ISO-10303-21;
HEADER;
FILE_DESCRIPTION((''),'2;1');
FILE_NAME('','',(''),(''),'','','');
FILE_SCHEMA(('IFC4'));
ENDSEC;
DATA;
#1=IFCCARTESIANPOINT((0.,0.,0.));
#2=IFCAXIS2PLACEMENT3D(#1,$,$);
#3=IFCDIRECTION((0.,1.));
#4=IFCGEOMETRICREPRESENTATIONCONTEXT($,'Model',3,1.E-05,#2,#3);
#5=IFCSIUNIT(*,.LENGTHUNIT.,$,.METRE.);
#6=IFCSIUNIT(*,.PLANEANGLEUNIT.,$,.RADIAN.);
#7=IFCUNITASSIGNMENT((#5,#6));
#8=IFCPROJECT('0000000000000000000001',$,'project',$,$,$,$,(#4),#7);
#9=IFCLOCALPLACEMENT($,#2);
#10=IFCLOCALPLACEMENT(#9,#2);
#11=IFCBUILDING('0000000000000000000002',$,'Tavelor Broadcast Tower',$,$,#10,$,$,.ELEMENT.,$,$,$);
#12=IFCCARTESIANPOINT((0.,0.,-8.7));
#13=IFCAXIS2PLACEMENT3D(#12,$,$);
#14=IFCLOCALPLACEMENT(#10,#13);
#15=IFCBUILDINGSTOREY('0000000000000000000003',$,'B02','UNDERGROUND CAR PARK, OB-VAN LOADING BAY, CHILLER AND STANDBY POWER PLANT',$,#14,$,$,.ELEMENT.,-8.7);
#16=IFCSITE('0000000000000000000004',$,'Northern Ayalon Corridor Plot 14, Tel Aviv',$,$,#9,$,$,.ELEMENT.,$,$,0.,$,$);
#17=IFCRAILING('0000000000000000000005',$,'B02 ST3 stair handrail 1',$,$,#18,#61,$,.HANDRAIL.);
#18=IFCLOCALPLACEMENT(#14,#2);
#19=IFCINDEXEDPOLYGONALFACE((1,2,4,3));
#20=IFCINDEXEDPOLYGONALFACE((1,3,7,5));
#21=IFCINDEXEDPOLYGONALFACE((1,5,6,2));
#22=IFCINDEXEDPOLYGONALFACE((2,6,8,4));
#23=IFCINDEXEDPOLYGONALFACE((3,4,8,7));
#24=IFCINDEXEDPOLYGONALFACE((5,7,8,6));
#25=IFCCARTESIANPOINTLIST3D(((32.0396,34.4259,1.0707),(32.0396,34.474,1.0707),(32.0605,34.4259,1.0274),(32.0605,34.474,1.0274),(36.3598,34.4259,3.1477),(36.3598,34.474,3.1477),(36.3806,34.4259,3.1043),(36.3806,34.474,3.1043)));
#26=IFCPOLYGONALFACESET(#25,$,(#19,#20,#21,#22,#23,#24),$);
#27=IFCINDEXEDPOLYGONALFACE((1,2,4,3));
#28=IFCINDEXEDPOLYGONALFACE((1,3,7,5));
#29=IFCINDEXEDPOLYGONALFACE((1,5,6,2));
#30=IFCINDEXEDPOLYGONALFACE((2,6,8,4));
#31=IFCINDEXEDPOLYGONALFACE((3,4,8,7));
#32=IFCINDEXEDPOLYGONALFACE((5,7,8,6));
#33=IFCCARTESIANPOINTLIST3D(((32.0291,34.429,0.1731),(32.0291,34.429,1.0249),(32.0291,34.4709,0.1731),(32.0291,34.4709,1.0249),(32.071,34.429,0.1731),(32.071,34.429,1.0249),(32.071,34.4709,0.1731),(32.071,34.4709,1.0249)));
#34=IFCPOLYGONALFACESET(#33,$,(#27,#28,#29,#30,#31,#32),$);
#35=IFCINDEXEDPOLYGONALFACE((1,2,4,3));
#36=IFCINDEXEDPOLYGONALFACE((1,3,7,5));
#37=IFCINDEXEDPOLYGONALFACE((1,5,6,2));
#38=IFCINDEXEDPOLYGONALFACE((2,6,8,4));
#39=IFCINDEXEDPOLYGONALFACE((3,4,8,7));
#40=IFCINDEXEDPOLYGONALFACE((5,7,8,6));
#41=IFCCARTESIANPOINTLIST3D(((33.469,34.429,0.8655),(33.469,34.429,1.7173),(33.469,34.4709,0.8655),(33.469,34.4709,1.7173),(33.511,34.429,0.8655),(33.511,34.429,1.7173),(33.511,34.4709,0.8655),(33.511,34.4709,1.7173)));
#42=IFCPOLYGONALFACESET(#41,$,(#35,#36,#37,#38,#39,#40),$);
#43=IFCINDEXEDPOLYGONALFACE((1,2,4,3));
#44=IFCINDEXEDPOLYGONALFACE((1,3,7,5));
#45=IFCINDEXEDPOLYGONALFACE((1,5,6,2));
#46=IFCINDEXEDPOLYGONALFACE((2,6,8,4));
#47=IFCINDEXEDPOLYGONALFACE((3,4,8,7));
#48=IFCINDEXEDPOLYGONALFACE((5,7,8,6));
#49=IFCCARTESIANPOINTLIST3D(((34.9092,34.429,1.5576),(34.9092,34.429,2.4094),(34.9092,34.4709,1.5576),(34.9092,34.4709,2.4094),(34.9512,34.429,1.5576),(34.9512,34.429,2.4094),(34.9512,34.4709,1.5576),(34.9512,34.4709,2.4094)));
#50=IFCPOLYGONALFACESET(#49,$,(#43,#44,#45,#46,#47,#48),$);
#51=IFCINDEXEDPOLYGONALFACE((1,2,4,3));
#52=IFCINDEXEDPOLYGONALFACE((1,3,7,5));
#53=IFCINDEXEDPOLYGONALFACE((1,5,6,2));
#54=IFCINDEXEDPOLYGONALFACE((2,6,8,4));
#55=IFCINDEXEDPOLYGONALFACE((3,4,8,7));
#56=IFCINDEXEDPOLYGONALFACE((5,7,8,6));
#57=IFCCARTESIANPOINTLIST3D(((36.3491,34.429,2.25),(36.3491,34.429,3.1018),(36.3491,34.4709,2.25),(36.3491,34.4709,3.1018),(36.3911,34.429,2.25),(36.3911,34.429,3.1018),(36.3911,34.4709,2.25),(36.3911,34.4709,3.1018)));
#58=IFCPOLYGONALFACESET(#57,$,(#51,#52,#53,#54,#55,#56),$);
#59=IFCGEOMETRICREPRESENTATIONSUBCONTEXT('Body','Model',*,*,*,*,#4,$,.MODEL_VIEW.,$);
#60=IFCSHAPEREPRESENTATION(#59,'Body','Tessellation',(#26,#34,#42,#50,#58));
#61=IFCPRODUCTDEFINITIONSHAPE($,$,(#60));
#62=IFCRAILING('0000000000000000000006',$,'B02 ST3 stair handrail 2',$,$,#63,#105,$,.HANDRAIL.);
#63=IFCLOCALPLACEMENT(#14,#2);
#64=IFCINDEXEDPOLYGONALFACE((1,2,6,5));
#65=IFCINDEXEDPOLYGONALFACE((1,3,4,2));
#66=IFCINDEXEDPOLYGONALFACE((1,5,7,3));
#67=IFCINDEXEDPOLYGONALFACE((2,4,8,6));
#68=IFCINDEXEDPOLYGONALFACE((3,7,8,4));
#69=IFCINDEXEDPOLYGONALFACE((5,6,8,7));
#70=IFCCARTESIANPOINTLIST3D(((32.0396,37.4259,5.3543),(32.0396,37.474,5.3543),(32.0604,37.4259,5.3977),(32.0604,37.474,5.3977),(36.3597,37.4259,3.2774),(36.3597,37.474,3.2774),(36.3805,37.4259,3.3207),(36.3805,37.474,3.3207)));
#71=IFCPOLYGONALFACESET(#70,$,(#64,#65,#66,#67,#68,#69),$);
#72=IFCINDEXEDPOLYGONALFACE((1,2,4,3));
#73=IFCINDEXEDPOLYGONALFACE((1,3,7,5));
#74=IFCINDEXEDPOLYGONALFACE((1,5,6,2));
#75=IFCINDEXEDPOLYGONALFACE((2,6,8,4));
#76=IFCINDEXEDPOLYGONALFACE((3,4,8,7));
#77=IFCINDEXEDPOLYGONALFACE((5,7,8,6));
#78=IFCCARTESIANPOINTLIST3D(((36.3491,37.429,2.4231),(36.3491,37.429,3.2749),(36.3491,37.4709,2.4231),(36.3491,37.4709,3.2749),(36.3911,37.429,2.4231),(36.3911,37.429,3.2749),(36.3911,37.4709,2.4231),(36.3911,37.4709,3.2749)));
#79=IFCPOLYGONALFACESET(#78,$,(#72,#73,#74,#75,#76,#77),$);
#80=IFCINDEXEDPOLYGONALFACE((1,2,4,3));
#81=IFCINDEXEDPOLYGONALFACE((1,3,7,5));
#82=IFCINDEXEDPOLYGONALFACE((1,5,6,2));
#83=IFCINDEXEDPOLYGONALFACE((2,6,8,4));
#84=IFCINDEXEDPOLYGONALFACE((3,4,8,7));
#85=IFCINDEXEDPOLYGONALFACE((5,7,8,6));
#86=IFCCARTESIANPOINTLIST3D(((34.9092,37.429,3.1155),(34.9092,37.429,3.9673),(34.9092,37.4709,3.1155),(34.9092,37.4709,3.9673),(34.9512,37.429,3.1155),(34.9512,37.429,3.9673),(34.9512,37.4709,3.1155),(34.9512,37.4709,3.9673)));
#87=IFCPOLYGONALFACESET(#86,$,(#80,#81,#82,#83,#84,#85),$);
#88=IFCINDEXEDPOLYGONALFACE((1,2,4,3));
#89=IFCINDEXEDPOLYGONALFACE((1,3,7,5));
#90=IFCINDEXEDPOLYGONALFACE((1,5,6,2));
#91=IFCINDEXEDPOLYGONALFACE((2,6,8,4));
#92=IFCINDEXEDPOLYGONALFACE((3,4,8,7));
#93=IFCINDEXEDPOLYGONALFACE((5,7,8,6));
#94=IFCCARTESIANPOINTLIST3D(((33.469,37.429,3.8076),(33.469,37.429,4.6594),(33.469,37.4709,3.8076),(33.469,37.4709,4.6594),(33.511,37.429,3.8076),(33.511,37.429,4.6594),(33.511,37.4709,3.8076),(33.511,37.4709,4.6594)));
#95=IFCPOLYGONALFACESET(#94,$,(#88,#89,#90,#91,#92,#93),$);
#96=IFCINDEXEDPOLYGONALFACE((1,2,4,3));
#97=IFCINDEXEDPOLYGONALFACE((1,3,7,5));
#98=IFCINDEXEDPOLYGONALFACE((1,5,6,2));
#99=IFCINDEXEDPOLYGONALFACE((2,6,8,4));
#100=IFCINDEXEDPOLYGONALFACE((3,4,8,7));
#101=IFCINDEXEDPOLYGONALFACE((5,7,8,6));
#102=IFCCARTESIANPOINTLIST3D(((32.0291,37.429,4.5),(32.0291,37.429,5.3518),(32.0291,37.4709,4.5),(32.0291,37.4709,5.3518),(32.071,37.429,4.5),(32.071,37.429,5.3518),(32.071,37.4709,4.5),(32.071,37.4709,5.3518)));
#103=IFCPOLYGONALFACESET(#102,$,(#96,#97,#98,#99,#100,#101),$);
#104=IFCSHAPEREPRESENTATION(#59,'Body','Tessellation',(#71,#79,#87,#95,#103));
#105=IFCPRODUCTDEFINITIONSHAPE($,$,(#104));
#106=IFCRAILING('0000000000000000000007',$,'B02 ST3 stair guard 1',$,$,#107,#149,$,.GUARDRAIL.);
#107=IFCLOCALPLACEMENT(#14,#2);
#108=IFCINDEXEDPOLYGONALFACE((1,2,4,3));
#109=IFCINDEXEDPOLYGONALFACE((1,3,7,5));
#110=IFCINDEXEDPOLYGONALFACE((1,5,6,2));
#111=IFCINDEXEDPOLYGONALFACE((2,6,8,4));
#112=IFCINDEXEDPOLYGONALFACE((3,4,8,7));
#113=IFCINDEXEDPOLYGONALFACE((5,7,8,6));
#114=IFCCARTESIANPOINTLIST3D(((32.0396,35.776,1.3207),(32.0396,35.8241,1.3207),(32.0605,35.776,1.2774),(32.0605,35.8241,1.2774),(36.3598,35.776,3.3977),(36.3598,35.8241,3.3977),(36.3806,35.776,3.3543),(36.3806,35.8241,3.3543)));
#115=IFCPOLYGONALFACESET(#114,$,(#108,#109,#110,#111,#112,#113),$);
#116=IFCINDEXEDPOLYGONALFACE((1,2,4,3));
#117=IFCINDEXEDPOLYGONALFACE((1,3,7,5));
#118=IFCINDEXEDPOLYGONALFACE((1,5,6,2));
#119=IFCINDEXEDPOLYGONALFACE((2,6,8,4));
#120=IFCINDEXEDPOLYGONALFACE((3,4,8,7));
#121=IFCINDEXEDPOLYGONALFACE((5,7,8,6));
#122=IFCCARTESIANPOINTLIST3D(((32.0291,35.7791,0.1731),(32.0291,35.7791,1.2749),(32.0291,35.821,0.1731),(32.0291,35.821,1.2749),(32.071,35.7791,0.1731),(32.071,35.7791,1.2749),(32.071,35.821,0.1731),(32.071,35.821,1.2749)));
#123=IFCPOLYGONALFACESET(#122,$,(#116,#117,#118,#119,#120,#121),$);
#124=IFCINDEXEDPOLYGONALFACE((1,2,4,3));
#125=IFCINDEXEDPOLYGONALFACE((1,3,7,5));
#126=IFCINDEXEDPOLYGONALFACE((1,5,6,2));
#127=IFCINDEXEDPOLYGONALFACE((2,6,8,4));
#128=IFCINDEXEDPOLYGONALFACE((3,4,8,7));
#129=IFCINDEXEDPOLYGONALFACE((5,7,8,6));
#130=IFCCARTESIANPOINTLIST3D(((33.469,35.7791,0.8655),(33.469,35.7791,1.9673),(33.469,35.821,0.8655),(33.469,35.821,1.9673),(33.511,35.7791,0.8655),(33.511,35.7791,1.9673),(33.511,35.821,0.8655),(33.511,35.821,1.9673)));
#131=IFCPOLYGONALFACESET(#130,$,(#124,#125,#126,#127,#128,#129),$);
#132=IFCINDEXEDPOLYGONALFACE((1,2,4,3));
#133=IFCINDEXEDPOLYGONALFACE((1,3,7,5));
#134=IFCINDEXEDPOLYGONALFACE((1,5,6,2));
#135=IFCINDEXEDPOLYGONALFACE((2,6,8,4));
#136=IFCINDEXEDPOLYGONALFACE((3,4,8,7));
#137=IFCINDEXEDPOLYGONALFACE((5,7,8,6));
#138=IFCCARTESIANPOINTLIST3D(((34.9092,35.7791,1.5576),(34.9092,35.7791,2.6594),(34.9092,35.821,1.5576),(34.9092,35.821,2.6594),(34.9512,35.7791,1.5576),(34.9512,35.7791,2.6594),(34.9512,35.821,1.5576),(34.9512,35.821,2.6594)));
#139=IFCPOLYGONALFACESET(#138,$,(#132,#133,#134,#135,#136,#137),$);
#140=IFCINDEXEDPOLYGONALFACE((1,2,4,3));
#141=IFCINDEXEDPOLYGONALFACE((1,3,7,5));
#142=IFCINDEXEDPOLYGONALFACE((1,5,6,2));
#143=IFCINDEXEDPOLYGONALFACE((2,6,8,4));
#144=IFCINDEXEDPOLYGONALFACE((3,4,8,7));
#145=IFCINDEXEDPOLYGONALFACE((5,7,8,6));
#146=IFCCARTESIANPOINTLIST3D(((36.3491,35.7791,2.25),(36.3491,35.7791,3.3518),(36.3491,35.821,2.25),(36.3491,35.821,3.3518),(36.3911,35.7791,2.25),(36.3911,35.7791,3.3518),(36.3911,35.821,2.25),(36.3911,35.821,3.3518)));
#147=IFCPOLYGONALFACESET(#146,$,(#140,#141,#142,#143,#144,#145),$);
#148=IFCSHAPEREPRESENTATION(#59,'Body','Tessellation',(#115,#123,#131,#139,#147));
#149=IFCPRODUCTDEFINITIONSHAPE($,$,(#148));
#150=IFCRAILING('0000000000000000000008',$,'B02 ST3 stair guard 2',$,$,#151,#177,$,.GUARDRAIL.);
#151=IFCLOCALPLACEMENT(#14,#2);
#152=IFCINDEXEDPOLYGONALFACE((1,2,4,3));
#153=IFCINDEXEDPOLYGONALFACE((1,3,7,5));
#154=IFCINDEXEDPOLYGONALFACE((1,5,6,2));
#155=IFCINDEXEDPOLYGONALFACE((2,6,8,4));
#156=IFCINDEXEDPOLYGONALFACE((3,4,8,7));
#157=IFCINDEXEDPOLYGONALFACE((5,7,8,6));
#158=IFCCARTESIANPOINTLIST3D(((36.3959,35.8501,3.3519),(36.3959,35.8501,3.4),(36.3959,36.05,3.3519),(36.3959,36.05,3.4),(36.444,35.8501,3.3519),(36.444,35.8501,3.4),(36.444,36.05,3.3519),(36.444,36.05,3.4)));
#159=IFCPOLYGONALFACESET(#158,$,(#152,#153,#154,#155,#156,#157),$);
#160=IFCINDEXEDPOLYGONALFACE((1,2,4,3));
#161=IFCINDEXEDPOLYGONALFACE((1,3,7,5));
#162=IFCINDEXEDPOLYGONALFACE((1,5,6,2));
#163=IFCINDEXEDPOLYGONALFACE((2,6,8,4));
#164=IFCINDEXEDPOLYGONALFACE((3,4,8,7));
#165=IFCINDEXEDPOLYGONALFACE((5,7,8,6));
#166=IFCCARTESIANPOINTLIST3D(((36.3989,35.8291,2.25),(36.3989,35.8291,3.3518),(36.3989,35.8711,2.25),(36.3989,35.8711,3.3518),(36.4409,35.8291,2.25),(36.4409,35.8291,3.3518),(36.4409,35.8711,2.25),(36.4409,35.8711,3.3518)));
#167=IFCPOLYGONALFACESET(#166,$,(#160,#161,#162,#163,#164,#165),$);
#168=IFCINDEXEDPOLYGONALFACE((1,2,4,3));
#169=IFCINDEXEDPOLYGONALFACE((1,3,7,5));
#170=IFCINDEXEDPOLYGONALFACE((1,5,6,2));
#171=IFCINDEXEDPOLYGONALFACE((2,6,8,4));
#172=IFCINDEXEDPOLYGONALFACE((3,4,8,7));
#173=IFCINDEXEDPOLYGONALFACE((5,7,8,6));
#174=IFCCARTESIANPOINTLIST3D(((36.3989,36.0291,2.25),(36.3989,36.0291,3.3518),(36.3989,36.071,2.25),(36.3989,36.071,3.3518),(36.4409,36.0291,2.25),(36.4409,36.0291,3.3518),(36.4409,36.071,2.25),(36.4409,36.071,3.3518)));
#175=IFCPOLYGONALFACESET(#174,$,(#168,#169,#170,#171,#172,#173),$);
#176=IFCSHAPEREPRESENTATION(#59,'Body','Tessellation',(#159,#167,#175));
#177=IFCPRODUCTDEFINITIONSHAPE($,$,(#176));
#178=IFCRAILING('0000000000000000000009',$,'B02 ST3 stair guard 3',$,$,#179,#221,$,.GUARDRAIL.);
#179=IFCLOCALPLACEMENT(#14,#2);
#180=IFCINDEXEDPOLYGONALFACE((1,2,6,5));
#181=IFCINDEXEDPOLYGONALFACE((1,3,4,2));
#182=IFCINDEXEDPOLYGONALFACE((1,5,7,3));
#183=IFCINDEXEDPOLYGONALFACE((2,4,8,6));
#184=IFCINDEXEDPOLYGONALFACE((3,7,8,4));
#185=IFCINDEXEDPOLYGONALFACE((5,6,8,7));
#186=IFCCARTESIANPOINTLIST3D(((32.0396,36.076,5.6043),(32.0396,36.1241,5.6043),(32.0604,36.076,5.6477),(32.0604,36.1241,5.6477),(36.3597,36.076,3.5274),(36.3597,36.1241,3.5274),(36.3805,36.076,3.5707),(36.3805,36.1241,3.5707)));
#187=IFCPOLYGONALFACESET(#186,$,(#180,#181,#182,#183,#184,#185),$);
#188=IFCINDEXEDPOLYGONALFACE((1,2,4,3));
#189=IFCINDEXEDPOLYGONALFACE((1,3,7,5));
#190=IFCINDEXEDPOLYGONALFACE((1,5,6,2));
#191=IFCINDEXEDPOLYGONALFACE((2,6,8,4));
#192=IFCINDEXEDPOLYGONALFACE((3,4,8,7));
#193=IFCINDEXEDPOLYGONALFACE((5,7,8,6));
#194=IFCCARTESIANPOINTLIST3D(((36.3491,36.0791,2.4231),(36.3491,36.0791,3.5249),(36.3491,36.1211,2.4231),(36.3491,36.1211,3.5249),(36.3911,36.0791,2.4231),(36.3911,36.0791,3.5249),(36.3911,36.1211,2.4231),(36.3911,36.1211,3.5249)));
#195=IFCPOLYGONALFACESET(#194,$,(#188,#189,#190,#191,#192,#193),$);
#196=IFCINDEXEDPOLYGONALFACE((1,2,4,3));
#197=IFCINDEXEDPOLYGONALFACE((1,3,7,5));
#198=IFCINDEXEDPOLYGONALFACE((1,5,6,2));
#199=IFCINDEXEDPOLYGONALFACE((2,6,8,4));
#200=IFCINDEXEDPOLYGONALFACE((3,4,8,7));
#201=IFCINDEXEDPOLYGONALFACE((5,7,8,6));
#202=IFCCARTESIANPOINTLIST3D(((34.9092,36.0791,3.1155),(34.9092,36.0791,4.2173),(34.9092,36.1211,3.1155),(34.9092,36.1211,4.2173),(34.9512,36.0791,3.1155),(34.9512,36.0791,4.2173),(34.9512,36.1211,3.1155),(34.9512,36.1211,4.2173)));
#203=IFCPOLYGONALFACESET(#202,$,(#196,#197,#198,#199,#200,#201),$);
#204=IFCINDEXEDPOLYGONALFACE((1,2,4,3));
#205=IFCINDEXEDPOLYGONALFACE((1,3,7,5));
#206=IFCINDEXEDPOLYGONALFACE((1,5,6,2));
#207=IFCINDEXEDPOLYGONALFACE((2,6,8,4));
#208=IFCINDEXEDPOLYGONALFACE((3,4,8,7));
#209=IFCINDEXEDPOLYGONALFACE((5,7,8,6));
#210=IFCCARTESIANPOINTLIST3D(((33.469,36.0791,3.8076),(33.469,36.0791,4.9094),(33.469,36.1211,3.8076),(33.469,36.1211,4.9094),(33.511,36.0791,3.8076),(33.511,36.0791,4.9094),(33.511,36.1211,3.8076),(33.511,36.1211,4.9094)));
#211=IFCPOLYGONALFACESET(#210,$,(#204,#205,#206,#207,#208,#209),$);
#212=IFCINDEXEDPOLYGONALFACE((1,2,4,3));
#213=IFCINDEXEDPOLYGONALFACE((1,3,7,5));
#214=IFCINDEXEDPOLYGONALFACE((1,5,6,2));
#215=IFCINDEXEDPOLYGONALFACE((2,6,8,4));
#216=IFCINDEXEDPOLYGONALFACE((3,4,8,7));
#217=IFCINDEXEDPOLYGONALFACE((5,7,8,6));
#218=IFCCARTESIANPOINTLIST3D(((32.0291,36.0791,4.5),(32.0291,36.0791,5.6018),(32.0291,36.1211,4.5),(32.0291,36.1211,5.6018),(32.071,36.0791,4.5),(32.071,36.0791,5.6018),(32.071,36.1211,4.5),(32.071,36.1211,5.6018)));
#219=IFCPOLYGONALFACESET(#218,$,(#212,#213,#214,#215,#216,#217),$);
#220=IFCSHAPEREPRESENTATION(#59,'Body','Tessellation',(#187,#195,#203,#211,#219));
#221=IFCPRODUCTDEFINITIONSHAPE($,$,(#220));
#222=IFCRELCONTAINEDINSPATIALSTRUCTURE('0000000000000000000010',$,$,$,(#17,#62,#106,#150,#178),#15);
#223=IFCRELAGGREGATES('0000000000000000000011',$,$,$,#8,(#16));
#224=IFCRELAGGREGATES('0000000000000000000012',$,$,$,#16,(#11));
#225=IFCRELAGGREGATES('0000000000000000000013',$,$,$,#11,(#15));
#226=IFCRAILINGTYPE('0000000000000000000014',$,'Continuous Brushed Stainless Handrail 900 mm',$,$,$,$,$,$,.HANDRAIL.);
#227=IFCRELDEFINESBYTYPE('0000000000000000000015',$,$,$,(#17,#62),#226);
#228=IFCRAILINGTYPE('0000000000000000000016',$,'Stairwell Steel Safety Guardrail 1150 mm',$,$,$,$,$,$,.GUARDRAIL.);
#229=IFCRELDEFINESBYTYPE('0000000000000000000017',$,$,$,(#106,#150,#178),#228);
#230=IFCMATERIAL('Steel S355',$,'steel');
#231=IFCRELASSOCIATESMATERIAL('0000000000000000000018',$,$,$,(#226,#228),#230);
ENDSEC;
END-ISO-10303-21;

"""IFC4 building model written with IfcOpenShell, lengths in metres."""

from ifc_helpers import new_model, si_unit, direction, frame, origin, origin_2d, place, context, subcontext, project, spatial, rectangle, extrude, material, type_object, element, save


model = new_model("IFC4")

# Units and contexts
model_context = context("Model", 3, precision=1e-05, world=origin(), true_north=direction((0.0, 1.0)))
body_context = subcontext(model_context, "Body", "Model", "MODEL_VIEW")
ifc_project = project(units=[si_unit("LENGTHUNIT", "METRE"), si_unit("PLANEANGLEUNIT", "RADIAN")], contexts=[model_context])

# Site, building, storey
site_placement = place(None, origin())
site = spatial("IfcSite", under=ifc_project, at=site_placement, Name="Northern Ayalon Corridor Plot 14, Tel Aviv", CompositionType="ELEMENT", RefElevation=0.0)
building_placement = place(site_placement, origin())
building = spatial("IfcBuilding", under=site, at=building_placement, Name="Tavelor Broadcast Tower", CompositionType="ELEMENT")
storey_placement = place(building_placement, frame((0.0, 0.0, -8.7)))
storey = spatial("IfcBuildingStorey", under=building, at=storey_placement, Name="B02", Description="UNDERGROUND CAR PARK, OB-VAN LOADING BAY, CHILLER AND STANDBY POWER PLANT", CompositionType="ELEMENT", Elevation=-8.7)

# Shared definitions
ifc_material_1 = material(Name="Steel S355", Category="steel")

# Railings
railing_type_1 = type_object("IfcRailingType", Name="Continuous Brushed Stainless Handrail 900 mm", PredefinedType="HANDRAIL", material=ifc_material_1)
railing_1_placement = place(storey_placement, frame((32.05, 34.45, 0.1731)))
element("IfcRailing", 1, at=railing_1_placement, inside=storey, type_object=railing_type_1, Name="B02 ST3 stair handrail 1", PredefinedType="HANDRAIL", context=body_context, shape_type="SweptSolid", body=[
    extrude(rectangle(XDim=0.0481, YDim=0.0481, at=origin_2d()), frame((0.0, 0.0, 0.876), z_axis=(0.901257, 0.0, 0.433286), x_axis=(0.0, 1.0, 0.0)), (0.0, 0.0, 1.0), 4.7935),
    extrude(rectangle(XDim=0.042, YDim=0.042, at=origin_2d()), origin(), (0.0, 0.0, 1.0), 0.8518),
    extrude(rectangle(XDim=0.042, YDim=0.042, at=origin_2d()), frame((1.4399, 0.0, 0.6924)), (0.0, 0.0, 1.0), 0.8518),
    extrude(rectangle(XDim=0.042, YDim=0.042, at=origin_2d()), frame((2.8801, 0.0, 1.3845)), (0.0, 0.0, 1.0), 0.8518),
    extrude(rectangle(XDim=0.042, YDim=0.042, at=origin_2d()), frame((4.3201, 0.0, 2.0769)), (0.0, 0.0, 1.0), 0.8518),
])
railing_2_placement = place(storey_placement, frame((36.3701, 37.45, 2.4231)))
element("IfcRailing", 2, at=railing_2_placement, inside=storey, type_object=railing_type_1, Name="B02 ST3 stair handrail 2", PredefinedType="HANDRAIL", context=body_context, shape_type="SweptSolid", body=[
    extrude(rectangle(XDim=0.0481, YDim=0.0481, at=origin_2d()), frame((0.0, 0.0, 0.876), z_axis=(-0.901257, 0.0, 0.433286), x_axis=(0.0, -1.0, 0.0)), (0.0, 0.0, 1.0), 4.7935),
    extrude(rectangle(XDim=0.042, YDim=0.042, at=origin_2d()), origin(), (0.0, 0.0, 1.0), 0.8518),
    extrude(rectangle(XDim=0.042, YDim=0.042, at=origin_2d()), frame((-1.4399, 0.0, 0.6924)), (0.0, 0.0, 1.0), 0.8518),
    extrude(rectangle(XDim=0.042, YDim=0.042, at=origin_2d()), frame((-2.8801, 0.0, 1.3845)), (0.0, 0.0, 1.0), 0.8518),
    extrude(rectangle(XDim=0.042, YDim=0.042, at=origin_2d()), frame((-4.3201, 0.0, 2.0769)), (0.0, 0.0, 1.0), 0.8518),
])
railing_type_2 = type_object("IfcRailingType", Name="Stairwell Steel Safety Guardrail 1150 mm", PredefinedType="GUARDRAIL", material=ifc_material_1)
railing_3_placement = place(storey_placement, frame((32.05, 35.8, 0.1731)))
element("IfcRailing", 3, at=railing_3_placement, inside=storey, type_object=railing_type_2, Name="B02 ST3 stair guard 1", PredefinedType="GUARDRAIL", context=body_context, shape_type="SweptSolid", body=[
    extrude(rectangle(XDim=0.0481, YDim=0.0481, at=origin_2d()), frame((0.0, 0.0, 1.126), z_axis=(0.901257, 0.0, 0.433286), x_axis=(0.0, 1.0, 0.0)), (0.0, 0.0, 1.0), 4.7935),
    extrude(rectangle(XDim=0.042, YDim=0.042, at=origin_2d()), origin(), (0.0, 0.0, 1.0), 1.1018),
    extrude(rectangle(XDim=0.042, YDim=0.042, at=origin_2d()), frame((1.4399, 0.0, 0.6924)), (0.0, 0.0, 1.0), 1.1018),
    extrude(rectangle(XDim=0.042, YDim=0.042, at=origin_2d()), frame((2.8801, 0.0, 1.3845)), (0.0, 0.0, 1.0), 1.1018),
    extrude(rectangle(XDim=0.042, YDim=0.042, at=origin_2d()), frame((4.3201, 0.0, 2.0769)), (0.0, 0.0, 1.0), 1.1018),
])
railing_4_placement = place(storey_placement, frame((36.4199, 35.8501, 2.25)))
element("IfcRailing", 4, at=railing_4_placement, inside=storey, type_object=railing_type_2, Name="B02 ST3 stair guard 2", PredefinedType="GUARDRAIL", context=body_context, shape_type="SweptSolid", body=[
    extrude(rectangle(XDim=0.0481, YDim=0.0481, at=origin_2d()), frame((0.0, 0.0, 1.126), z_axis=(0.0, 1.0, 0.0), x_axis=(-1.0, 0.0, 0.0)), (0.0, 0.0, 1.0), 0.2),
    extrude(rectangle(XDim=0.042, YDim=0.042, at=origin_2d()), origin(), (0.0, 0.0, 1.0), 1.1018),
    extrude(rectangle(XDim=0.042, YDim=0.042, at=origin_2d()), frame((0.0, 0.2, 0.0)), (0.0, 0.0, 1.0), 1.1018),
])
railing_5_placement = place(storey_placement, frame((36.3701, 36.1001, 2.4231)))
element("IfcRailing", 5, at=railing_5_placement, inside=storey, type_object=railing_type_2, Name="B02 ST3 stair guard 3", PredefinedType="GUARDRAIL", context=body_context, shape_type="SweptSolid", body=[
    extrude(rectangle(XDim=0.0481, YDim=0.0481, at=origin_2d()), frame((0.0, 0.0, 1.126), z_axis=(-0.901257, 0.0, 0.433286), x_axis=(0.0, -1.0, 0.0)), (0.0, 0.0, 1.0), 4.7935),
    extrude(rectangle(XDim=0.042, YDim=0.042, at=origin_2d()), origin(), (0.0, 0.0, 1.0), 1.1018),
    extrude(rectangle(XDim=0.042, YDim=0.042, at=origin_2d()), frame((-1.4399, 0.0, 0.6924)), (0.0, 0.0, 1.0), 1.1018),
    extrude(rectangle(XDim=0.042, YDim=0.042, at=origin_2d()), frame((-2.8801, 0.0, 1.3845)), (0.0, 0.0, 1.0), 1.1018),
    extrude(rectangle(XDim=0.042, YDim=0.042, at=origin_2d()), frame((-4.3201, 0.0, 2.0769)), (0.0, 0.0, 1.0), 1.1018),
])

save(model, "model.ifc")
